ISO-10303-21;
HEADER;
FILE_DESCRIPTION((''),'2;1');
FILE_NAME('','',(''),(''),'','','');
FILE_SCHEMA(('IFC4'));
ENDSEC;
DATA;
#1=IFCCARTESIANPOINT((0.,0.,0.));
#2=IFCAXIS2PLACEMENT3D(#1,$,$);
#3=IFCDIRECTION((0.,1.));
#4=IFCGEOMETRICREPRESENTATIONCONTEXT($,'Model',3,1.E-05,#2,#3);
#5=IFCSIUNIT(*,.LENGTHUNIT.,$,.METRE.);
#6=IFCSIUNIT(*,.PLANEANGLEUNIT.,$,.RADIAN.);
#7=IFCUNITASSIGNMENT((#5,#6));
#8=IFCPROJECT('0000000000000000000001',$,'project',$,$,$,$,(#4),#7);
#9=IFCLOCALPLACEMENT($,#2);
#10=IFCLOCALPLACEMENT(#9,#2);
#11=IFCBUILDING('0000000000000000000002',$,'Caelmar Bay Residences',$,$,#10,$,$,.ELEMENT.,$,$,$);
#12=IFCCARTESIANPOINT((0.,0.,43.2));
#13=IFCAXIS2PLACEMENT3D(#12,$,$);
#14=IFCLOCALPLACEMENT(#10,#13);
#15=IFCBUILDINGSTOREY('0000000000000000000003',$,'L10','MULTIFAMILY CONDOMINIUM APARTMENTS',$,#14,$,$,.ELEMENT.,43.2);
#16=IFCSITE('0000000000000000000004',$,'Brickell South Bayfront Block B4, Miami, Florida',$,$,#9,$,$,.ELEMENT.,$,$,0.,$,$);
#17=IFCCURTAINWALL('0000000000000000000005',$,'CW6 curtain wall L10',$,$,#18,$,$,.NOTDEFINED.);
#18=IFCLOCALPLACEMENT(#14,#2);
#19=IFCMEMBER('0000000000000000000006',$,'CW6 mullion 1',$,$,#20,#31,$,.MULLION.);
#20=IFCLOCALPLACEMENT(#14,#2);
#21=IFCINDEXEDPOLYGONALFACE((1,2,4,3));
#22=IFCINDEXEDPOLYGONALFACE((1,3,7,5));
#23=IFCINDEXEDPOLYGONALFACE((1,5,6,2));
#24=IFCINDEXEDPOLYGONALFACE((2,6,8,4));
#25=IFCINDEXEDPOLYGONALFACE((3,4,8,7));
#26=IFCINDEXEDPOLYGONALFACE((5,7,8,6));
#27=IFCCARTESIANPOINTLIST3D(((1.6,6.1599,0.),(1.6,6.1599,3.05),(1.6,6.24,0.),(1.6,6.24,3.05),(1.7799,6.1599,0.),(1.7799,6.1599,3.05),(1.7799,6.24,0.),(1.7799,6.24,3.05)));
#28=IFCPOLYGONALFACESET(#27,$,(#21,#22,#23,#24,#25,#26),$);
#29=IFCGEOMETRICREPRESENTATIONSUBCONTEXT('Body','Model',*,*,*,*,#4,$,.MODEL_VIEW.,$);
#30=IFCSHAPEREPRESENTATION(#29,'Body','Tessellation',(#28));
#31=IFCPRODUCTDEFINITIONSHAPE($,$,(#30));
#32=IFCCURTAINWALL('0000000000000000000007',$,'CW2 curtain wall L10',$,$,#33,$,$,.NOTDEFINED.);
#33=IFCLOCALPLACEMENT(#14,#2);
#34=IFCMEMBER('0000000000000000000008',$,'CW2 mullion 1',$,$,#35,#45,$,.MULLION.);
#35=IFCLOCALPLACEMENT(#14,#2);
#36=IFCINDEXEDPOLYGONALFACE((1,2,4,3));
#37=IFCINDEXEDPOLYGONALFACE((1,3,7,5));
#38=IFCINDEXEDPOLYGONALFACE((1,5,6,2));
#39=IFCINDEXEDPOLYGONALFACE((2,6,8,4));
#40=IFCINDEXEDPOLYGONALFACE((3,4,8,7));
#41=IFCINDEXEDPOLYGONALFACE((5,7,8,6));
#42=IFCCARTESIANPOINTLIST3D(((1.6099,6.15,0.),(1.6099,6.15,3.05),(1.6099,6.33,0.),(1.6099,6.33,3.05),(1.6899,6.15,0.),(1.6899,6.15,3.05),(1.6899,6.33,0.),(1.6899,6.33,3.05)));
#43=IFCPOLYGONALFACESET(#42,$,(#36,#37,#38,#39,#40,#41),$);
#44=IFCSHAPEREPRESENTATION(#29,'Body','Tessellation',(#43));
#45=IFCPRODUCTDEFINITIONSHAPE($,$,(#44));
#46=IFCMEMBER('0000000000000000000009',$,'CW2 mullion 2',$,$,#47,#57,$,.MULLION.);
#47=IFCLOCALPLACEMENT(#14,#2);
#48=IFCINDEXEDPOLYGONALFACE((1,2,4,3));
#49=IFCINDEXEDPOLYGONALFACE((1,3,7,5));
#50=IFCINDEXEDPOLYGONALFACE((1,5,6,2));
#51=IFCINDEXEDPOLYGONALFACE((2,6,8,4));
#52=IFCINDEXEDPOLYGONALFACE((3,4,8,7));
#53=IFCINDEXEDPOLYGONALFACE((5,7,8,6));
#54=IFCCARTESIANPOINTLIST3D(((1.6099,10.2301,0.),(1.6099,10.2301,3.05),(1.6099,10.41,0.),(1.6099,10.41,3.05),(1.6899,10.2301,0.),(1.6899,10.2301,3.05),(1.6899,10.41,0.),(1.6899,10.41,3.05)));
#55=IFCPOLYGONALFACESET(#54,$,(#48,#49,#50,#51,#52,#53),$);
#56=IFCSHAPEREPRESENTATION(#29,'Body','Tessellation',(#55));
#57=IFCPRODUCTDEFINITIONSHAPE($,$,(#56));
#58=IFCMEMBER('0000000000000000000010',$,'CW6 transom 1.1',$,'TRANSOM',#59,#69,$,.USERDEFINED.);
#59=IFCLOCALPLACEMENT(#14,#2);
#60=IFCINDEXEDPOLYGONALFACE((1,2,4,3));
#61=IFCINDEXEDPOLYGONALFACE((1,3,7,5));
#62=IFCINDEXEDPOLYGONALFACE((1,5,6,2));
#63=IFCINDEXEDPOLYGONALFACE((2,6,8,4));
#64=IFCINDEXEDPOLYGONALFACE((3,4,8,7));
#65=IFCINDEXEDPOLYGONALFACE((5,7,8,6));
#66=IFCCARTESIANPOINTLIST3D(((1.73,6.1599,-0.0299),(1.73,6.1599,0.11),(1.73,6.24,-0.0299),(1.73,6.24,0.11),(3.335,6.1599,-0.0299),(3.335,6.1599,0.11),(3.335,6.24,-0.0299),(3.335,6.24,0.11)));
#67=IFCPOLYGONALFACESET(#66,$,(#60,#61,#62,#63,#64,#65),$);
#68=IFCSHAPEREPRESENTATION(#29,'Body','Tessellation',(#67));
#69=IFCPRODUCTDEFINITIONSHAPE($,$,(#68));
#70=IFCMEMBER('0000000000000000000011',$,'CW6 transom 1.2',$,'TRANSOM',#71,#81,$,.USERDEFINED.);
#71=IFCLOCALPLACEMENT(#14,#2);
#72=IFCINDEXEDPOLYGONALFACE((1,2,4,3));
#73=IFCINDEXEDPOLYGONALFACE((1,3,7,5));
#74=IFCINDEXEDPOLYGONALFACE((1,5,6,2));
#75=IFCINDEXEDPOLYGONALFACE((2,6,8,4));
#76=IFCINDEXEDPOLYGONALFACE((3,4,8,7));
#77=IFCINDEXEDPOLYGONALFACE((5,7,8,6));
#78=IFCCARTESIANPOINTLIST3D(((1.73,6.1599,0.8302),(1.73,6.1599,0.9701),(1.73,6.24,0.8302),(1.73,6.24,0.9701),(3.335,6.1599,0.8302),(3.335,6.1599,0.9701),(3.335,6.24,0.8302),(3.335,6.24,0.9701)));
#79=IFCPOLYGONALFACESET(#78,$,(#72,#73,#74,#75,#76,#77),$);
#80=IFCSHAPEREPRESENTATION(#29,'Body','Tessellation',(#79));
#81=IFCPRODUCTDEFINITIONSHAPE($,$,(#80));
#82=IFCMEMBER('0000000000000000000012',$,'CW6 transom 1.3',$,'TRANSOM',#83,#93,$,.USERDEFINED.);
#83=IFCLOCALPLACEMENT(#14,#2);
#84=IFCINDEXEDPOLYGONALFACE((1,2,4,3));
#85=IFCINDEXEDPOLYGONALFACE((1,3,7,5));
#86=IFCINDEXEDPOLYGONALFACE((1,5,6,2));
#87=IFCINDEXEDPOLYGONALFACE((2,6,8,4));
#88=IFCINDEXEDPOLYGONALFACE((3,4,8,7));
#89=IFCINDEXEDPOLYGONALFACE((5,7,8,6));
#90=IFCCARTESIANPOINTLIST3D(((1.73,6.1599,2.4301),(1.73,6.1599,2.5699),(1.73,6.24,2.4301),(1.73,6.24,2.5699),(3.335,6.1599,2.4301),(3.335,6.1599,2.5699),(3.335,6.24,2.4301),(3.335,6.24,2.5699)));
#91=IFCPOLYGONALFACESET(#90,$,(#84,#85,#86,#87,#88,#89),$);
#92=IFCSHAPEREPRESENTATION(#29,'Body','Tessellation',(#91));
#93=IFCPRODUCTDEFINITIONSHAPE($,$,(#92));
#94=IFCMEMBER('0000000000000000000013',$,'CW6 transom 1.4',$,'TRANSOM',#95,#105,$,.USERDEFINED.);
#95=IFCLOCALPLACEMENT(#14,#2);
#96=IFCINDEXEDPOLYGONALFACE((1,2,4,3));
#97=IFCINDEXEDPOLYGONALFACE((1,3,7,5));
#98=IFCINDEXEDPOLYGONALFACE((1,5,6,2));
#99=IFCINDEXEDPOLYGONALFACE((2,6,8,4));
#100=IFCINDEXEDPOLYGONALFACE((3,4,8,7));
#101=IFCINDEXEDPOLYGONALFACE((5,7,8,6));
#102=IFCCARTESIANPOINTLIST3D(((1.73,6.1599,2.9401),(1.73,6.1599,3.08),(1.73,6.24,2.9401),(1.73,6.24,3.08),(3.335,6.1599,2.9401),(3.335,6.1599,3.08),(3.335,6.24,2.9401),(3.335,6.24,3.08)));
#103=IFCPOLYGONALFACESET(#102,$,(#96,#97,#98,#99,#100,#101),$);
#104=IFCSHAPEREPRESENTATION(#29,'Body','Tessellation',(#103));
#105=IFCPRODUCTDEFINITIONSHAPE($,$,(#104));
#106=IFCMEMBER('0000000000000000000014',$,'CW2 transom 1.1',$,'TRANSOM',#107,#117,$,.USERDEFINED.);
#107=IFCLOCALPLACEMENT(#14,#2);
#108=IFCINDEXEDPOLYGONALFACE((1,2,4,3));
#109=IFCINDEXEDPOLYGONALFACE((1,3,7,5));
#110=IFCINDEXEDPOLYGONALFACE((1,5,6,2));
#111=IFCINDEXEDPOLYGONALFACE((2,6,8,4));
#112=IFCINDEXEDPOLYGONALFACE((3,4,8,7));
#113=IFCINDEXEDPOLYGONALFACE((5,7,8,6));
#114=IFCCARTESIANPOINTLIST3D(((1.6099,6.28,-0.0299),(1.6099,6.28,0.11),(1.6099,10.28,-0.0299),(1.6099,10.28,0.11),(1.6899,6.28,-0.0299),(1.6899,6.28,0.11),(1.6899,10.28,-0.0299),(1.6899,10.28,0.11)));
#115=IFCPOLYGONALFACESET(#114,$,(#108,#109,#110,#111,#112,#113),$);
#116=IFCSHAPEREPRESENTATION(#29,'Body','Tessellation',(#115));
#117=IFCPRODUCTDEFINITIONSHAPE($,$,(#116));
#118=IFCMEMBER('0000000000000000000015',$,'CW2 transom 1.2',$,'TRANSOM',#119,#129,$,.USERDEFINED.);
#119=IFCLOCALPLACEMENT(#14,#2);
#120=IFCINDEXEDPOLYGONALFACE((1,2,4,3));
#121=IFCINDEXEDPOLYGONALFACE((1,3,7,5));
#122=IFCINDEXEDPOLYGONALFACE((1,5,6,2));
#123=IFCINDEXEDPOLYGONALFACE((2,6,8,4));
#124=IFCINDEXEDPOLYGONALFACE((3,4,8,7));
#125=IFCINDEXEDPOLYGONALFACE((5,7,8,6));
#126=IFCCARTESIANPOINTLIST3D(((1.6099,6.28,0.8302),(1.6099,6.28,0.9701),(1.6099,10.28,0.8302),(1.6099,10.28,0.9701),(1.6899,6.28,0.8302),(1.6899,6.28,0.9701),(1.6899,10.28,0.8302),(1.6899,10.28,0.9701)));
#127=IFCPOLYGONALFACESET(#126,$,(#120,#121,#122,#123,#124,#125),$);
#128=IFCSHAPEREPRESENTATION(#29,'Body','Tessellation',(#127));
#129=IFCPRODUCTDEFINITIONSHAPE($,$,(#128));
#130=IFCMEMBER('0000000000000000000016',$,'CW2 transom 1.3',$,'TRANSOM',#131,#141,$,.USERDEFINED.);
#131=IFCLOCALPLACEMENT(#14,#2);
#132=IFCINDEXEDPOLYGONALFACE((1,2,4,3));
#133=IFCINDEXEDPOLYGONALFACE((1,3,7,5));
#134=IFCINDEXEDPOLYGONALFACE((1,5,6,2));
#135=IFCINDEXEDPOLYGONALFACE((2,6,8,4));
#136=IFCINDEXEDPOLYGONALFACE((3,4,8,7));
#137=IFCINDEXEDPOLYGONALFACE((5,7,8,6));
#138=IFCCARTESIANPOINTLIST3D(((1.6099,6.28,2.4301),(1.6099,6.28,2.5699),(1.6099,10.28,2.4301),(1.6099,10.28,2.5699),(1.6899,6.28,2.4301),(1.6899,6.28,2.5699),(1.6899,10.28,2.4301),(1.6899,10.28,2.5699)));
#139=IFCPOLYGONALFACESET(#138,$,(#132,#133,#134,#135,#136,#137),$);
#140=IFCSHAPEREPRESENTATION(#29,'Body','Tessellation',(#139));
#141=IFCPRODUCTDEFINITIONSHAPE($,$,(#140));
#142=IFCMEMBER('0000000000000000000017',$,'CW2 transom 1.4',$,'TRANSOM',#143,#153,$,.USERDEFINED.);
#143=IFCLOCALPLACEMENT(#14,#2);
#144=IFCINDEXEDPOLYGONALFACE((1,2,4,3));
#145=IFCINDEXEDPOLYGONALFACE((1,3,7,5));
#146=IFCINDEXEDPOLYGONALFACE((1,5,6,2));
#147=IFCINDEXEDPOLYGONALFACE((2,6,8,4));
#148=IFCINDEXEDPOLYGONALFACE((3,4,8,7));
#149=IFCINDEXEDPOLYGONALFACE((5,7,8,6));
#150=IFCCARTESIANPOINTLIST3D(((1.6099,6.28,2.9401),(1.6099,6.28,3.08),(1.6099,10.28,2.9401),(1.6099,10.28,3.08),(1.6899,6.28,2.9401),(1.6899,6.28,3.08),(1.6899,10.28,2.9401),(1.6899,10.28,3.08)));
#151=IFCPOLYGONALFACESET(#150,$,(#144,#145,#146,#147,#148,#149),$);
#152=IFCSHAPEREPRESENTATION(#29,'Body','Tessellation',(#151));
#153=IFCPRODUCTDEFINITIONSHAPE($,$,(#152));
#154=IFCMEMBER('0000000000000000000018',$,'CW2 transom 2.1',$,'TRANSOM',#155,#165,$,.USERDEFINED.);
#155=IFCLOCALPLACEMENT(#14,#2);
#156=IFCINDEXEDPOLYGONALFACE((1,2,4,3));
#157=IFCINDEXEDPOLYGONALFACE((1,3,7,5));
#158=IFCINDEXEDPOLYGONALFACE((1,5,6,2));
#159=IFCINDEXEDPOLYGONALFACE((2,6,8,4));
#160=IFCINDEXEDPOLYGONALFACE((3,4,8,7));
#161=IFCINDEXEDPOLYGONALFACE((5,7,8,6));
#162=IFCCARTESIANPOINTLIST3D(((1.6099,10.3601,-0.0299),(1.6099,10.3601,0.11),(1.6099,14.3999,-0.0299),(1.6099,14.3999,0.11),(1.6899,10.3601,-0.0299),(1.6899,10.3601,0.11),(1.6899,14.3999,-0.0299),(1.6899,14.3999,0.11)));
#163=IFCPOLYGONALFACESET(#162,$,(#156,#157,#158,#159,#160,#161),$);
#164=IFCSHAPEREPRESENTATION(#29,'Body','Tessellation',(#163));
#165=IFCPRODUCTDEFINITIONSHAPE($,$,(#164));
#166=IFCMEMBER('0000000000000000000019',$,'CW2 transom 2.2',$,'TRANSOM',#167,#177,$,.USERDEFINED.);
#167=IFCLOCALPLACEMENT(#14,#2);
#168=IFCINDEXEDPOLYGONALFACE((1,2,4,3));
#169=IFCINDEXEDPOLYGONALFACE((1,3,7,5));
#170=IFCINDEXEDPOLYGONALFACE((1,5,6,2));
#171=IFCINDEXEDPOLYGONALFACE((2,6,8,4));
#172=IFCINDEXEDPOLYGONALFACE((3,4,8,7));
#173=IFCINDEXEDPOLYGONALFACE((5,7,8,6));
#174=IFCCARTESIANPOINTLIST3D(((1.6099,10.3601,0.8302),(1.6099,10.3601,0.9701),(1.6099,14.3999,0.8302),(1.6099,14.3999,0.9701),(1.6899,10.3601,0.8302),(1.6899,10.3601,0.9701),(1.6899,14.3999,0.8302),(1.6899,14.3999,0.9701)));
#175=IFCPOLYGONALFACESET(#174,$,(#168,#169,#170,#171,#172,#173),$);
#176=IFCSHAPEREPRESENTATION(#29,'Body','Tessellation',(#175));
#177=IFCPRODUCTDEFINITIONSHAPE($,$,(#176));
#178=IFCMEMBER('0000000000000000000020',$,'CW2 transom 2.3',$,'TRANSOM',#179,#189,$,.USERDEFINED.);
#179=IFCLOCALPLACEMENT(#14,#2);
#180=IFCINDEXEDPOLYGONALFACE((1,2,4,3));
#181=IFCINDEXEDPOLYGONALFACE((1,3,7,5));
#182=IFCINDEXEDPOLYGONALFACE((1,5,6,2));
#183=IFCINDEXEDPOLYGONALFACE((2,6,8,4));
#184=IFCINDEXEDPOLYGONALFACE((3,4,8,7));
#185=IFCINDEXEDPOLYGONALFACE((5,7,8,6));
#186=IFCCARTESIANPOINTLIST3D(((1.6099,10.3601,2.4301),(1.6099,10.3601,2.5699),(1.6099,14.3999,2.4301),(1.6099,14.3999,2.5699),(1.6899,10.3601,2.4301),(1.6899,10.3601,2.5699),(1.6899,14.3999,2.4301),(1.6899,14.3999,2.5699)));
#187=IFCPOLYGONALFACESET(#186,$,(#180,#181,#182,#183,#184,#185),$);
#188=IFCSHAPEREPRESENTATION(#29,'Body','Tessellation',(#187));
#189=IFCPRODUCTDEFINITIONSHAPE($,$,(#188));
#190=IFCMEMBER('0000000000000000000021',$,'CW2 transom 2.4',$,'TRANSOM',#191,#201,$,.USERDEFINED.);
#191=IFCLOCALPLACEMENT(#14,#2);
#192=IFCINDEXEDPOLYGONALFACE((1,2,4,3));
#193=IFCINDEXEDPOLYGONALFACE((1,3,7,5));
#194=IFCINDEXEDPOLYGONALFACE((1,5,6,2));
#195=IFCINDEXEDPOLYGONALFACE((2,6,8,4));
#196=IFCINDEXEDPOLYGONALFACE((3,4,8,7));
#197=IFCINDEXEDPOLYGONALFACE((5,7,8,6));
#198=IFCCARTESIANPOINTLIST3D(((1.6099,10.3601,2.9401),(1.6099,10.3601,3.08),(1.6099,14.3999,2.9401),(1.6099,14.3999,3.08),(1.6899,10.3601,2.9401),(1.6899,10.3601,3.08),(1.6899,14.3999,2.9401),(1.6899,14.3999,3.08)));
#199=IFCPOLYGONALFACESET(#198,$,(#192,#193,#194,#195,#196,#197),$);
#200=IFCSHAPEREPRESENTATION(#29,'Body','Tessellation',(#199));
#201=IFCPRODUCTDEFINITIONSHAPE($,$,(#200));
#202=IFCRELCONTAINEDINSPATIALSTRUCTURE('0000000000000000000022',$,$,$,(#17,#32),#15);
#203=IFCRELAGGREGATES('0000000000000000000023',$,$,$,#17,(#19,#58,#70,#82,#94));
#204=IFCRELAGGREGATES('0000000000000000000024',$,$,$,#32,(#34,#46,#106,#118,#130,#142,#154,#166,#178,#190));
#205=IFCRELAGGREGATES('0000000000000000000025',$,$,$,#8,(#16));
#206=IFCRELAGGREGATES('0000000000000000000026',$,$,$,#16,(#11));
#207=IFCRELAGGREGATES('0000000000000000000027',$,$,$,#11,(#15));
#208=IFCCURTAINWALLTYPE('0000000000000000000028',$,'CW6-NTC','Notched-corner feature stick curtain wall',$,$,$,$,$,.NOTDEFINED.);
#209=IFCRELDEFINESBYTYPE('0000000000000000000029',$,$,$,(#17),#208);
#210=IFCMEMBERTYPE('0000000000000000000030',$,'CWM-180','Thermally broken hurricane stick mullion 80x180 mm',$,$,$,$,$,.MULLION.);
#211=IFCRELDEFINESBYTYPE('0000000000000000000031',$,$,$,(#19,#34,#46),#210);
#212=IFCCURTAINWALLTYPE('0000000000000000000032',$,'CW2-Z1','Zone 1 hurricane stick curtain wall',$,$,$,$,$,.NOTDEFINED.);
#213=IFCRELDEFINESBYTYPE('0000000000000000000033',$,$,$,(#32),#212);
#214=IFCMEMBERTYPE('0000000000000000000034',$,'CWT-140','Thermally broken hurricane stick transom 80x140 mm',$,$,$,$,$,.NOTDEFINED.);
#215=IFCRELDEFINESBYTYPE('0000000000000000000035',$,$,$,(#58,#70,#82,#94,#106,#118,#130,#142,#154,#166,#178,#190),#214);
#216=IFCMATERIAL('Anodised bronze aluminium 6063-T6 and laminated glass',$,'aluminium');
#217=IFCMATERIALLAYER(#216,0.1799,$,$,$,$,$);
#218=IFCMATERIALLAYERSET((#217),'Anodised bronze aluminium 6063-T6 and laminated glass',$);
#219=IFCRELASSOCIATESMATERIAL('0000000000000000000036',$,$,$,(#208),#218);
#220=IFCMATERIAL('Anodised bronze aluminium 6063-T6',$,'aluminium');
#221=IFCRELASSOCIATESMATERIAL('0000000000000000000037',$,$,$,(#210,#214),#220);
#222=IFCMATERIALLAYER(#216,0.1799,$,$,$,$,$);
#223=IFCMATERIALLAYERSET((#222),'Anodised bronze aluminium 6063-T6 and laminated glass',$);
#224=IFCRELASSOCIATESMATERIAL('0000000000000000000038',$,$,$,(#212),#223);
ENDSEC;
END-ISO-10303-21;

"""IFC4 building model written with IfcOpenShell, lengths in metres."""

from ifc_helpers import new_model, si_unit, direction, frame, origin, origin_2d, place, context, subcontext, project, spatial, rectangle, extrude, material, layer, layer_set, material_profile, profile_set, type_object, element, aggregate, save


model = new_model("IFC4")

# Units and contexts
model_context = context("Model", 3, precision=1e-05, world=origin(), true_north=direction((0.0, 1.0)))
body_context = subcontext(model_context, "Body", "Model", "MODEL_VIEW")
ifc_project = project(units=[si_unit("LENGTHUNIT", "METRE"), si_unit("PLANEANGLEUNIT", "RADIAN")], contexts=[model_context])

# Site, building, storey
site_placement = place(None, origin())
site = spatial("IfcSite", under=ifc_project, at=site_placement, Name="Brickell South Bayfront Block B4, Miami, Florida", CompositionType="ELEMENT", RefElevation=0.0)
building_placement = place(site_placement, origin())
building = spatial("IfcBuilding", under=site, at=building_placement, Name="Caelmar Bay Residences", CompositionType="ELEMENT")
storey_placement = place(building_placement, frame((0.0, 0.0, 43.2)))
storey = spatial("IfcBuildingStorey", under=building, at=storey_placement, Name="L10", Description="MULTIFAMILY CONDOMINIUM APARTMENTS", CompositionType="ELEMENT", Elevation=43.2)

# Curtain wall, member
ifc_material_1 = material(Name="Anodised bronze aluminium 6063-T6 and laminated glass", Category="aluminium")
ifc_layer_1 = layer(ifc_material_1, 0.1799)
ifc_layer_set_1 = layer_set([ifc_layer_1], Name="Anodised bronze aluminium 6063-T6 and laminated glass")
curtain_wall_type_1 = type_object("IfcCurtainWallType", Name="CW6-NTC", Description="Notched-corner feature stick curtain wall", PredefinedType="NOTDEFINED", material=ifc_layer_set_1)
curtain_wall_1_placement = place(storey_placement, origin())
curtain_wall_1 = element("IfcCurtainWall", 1, at=curtain_wall_1_placement, inside=storey, type_object=curtain_wall_type_1, Name="CW6 curtain wall L10", PredefinedType="NOTDEFINED")
ifc_material_2 = material(Name="Anodised bronze aluminium 6063-T6", Category="aluminium")
ifc_material_profile_1 = material_profile(ifc_material_2, rectangle(XDim=0.0801, YDim=0.1799, at=origin_2d()), Name="CWM-80X180")
ifc_profile_set_1 = profile_set([ifc_material_profile_1], Name="Anodised bronze aluminium 6063-T6")
member_type_1 = type_object("IfcMemberType", Name="CWM-180", Description="Thermally broken hurricane stick mullion 80x180 mm", PredefinedType="MULLION", material=ifc_profile_set_1)
member_1_placement = place(storey_placement, frame((1.6899, 6.2, 0.0), z_axis=(0.0, 0.0, 1.0), x_axis=(0.0, 1.0, 0.0)))
member_1 = element("IfcMember", 2, at=member_1_placement, type_object=member_type_1, Name="CW6 mullion 1", PredefinedType="MULLION", context=body_context, shape_type="SweptSolid", body=[
    extrude(rectangle(XDim=0.0801, YDim=0.1799, at=origin_2d()), origin(), (0.0, 0.0, 1.0), 3.05),
])

# Curtain wall, members
ifc_layer_2 = layer(ifc_material_1, 0.1799)
ifc_layer_set_2 = layer_set([ifc_layer_2], Name="Anodised bronze aluminium 6063-T6 and laminated glass")
curtain_wall_type_2 = type_object("IfcCurtainWallType", Name="CW2-Z1", Description="Zone 1 hurricane stick curtain wall", PredefinedType="NOTDEFINED", material=ifc_layer_set_2)
curtain_wall_2_placement = place(storey_placement, origin())
curtain_wall_2 = element("IfcCurtainWall", 3, at=curtain_wall_2_placement, inside=storey, type_object=curtain_wall_type_2, Name="CW2 curtain wall L10", PredefinedType="NOTDEFINED")
member_2_placement = place(storey_placement, frame((1.6499, 6.24, 0.0), z_axis=(0.0, 0.0, 1.0), x_axis=(-1.0, 0.0, 0.0)))
member_2 = element("IfcMember", 4, at=member_2_placement, type_object=member_type_1, Name="CW2 mullion 1", PredefinedType="MULLION", context=body_context, shape_type="SweptSolid", body=[
    extrude(rectangle(XDim=0.0801, YDim=0.1799, at=origin_2d()), origin(), (0.0, 0.0, 1.0), 3.05),
])
member_3_placement = place(storey_placement, frame((1.6499, 10.3201, 0.0), z_axis=(0.0, 0.0, 1.0), x_axis=(-1.0, 0.0, 0.0)))
member_3 = element("IfcMember", 5, at=member_3_placement, type_object=member_type_1, Name="CW2 mullion 2", PredefinedType="MULLION", context=body_context, shape_type="SweptSolid", body=[
    extrude(rectangle(XDim=0.0801, YDim=0.1799, at=origin_2d()), origin(), (0.0, 0.0, 1.0), 3.05),
])

# Members
ifc_material_profile_2 = material_profile(ifc_material_2, rectangle(XDim=0.0801, YDim=0.1399, at=origin_2d()), Name="CWT-80X140")
ifc_profile_set_2 = profile_set([ifc_material_profile_2], Name="Anodised bronze aluminium 6063-T6")
member_type_2 = type_object("IfcMemberType", Name="CWT-140", Description="Thermally broken hurricane stick transom 80x140 mm", PredefinedType="NOTDEFINED", material=ifc_profile_set_2)
member_4_placement = place(storey_placement, frame((1.73, 6.2, 0.04), z_axis=(1.0, 0.0, 0.0), x_axis=(0.0, 1.0, 0.0)))
member_4 = element("IfcMember", 6, at=member_4_placement, type_object=member_type_2, Name="CW6 transom 1.1", ObjectType="TRANSOM", PredefinedType="USERDEFINED", context=body_context, shape_type="SweptSolid", body=[
    extrude(rectangle(XDim=0.0801, YDim=0.1399, at=origin_2d()), origin(), (0.0, 0.0, 1.0), 1.605),
])
member_5_placement = place(storey_placement, frame((1.73, 6.2, 0.9001), z_axis=(1.0, 0.0, 0.0), x_axis=(0.0, 1.0, 0.0)))
member_5 = element("IfcMember", 7, at=member_5_placement, type_object=member_type_2, Name="CW6 transom 1.2", ObjectType="TRANSOM", PredefinedType="USERDEFINED", context=body_context, shape_type="SweptSolid", body=[
    extrude(rectangle(XDim=0.0801, YDim=0.1399, at=origin_2d()), origin(), (0.0, 0.0, 1.0), 1.605),
])
member_6_placement = place(storey_placement, frame((1.73, 6.2, 2.5), z_axis=(1.0, 0.0, 0.0), x_axis=(0.0, 1.0, 0.0)))
member_6 = element("IfcMember", 8, at=member_6_placement, type_object=member_type_2, Name="CW6 transom 1.3", ObjectType="TRANSOM", PredefinedType="USERDEFINED", context=body_context, shape_type="SweptSolid", body=[
    extrude(rectangle(XDim=0.0801, YDim=0.1399, at=origin_2d()), origin(), (0.0, 0.0, 1.0), 1.605),
])
member_7_placement = place(storey_placement, frame((1.73, 6.2, 3.01), z_axis=(1.0, 0.0, 0.0), x_axis=(0.0, 1.0, 0.0)))
member_7 = element("IfcMember", 9, at=member_7_placement, type_object=member_type_2, Name="CW6 transom 1.4", ObjectType="TRANSOM", PredefinedType="USERDEFINED", context=body_context, shape_type="SweptSolid", body=[
    extrude(rectangle(XDim=0.0801, YDim=0.1399, at=origin_2d()), origin(), (0.0, 0.0, 1.0), 1.605),
])
member_8_placement = place(storey_placement, frame((1.6499, 6.28, 0.04), z_axis=(0.0, 1.0, 0.0), x_axis=(-1.0, 0.0, 0.0)))
member_8 = element("IfcMember", 10, at=member_8_placement, type_object=member_type_2, Name="CW2 transom 1.1", ObjectType="TRANSOM", PredefinedType="USERDEFINED", context=body_context, shape_type="SweptSolid", body=[
    extrude(rectangle(XDim=0.0801, YDim=0.1399, at=origin_2d()), origin(), (0.0, 0.0, 1.0), 4.0),
])
member_9_placement = place(storey_placement, frame((1.6499, 6.28, 0.9001), z_axis=(0.0, 1.0, 0.0), x_axis=(-1.0, 0.0, 0.0)))
member_9 = element("IfcMember", 11, at=member_9_placement, type_object=member_type_2, Name="CW2 transom 1.2", ObjectType="TRANSOM", PredefinedType="USERDEFINED", context=body_context, shape_type="SweptSolid", body=[
    extrude(rectangle(XDim=0.0801, YDim=0.1399, at=origin_2d()), origin(), (0.0, 0.0, 1.0), 4.0),
])
member_10_placement = place(storey_placement, frame((1.6499, 6.28, 2.5), z_axis=(0.0, 1.0, 0.0), x_axis=(-1.0, 0.0, 0.0)))
member_10 = element("IfcMember", 12, at=member_10_placement, type_object=member_type_2, Name="CW2 transom 1.3", ObjectType="TRANSOM", PredefinedType="USERDEFINED", context=body_context, shape_type="SweptSolid", body=[
    extrude(rectangle(XDim=0.0801, YDim=0.1399, at=origin_2d()), origin(), (0.0, 0.0, 1.0), 4.0),
])
member_11_placement = place(storey_placement, frame((1.6499, 6.28, 3.01), z_axis=(0.0, 1.0, 0.0), x_axis=(-1.0, 0.0, 0.0)))
member_11 = element("IfcMember", 13, at=member_11_placement, type_object=member_type_2, Name="CW2 transom 1.4", ObjectType="TRANSOM", PredefinedType="USERDEFINED", context=body_context, shape_type="SweptSolid", body=[
    extrude(rectangle(XDim=0.0801, YDim=0.1399, at=origin_2d()), origin(), (0.0, 0.0, 1.0), 4.0),
])
member_12_placement = place(storey_placement, frame((1.6499, 10.3601, 0.04), z_axis=(0.0, 1.0, 0.0), x_axis=(-1.0, 0.0, 0.0)))
member_12 = element("IfcMember", 14, at=member_12_placement, type_object=member_type_2, Name="CW2 transom 2.1", ObjectType="TRANSOM", PredefinedType="USERDEFINED", context=body_context, shape_type="SweptSolid", body=[
    extrude(rectangle(XDim=0.0801, YDim=0.1399, at=origin_2d()), origin(), (0.0, 0.0, 1.0), 4.0398),
])
member_13_placement = place(storey_placement, frame((1.6499, 10.3601, 0.9001), z_axis=(0.0, 1.0, 0.0), x_axis=(-1.0, 0.0, 0.0)))
member_13 = element("IfcMember", 15, at=member_13_placement, type_object=member_type_2, Name="CW2 transom 2.2", ObjectType="TRANSOM", PredefinedType="USERDEFINED", context=body_context, shape_type="SweptSolid", body=[
    extrude(rectangle(XDim=0.0801, YDim=0.1399, at=origin_2d()), origin(), (0.0, 0.0, 1.0), 4.0398),
])
member_14_placement = place(storey_placement, frame((1.6499, 10.3601, 2.5), z_axis=(0.0, 1.0, 0.0), x_axis=(-1.0, 0.0, 0.0)))
member_14 = element("IfcMember", 16, at=member_14_placement, type_object=member_type_2, Name="CW2 transom 2.3", ObjectType="TRANSOM", PredefinedType="USERDEFINED", context=body_context, shape_type="SweptSolid", body=[
    extrude(rectangle(XDim=0.0801, YDim=0.1399, at=origin_2d()), origin(), (0.0, 0.0, 1.0), 4.0398),
])
member_15_placement = place(storey_placement, frame((1.6499, 10.3601, 3.01), z_axis=(0.0, 1.0, 0.0), x_axis=(-1.0, 0.0, 0.0)))
member_15 = element("IfcMember", 17, at=member_15_placement, type_object=member_type_2, Name="CW2 transom 2.4", ObjectType="TRANSOM", PredefinedType="USERDEFINED", context=body_context, shape_type="SweptSolid", body=[
    extrude(rectangle(XDim=0.0801, YDim=0.1399, at=origin_2d()), origin(), (0.0, 0.0, 1.0), 4.0398),
])

aggregate(curtain_wall_1, [member_1, member_4, member_5, member_6, member_7])
aggregate(curtain_wall_2, [member_2, member_3, member_8, member_9, member_10, member_11, member_12, member_13, member_14, member_15])

save(model, "model.ifc")
